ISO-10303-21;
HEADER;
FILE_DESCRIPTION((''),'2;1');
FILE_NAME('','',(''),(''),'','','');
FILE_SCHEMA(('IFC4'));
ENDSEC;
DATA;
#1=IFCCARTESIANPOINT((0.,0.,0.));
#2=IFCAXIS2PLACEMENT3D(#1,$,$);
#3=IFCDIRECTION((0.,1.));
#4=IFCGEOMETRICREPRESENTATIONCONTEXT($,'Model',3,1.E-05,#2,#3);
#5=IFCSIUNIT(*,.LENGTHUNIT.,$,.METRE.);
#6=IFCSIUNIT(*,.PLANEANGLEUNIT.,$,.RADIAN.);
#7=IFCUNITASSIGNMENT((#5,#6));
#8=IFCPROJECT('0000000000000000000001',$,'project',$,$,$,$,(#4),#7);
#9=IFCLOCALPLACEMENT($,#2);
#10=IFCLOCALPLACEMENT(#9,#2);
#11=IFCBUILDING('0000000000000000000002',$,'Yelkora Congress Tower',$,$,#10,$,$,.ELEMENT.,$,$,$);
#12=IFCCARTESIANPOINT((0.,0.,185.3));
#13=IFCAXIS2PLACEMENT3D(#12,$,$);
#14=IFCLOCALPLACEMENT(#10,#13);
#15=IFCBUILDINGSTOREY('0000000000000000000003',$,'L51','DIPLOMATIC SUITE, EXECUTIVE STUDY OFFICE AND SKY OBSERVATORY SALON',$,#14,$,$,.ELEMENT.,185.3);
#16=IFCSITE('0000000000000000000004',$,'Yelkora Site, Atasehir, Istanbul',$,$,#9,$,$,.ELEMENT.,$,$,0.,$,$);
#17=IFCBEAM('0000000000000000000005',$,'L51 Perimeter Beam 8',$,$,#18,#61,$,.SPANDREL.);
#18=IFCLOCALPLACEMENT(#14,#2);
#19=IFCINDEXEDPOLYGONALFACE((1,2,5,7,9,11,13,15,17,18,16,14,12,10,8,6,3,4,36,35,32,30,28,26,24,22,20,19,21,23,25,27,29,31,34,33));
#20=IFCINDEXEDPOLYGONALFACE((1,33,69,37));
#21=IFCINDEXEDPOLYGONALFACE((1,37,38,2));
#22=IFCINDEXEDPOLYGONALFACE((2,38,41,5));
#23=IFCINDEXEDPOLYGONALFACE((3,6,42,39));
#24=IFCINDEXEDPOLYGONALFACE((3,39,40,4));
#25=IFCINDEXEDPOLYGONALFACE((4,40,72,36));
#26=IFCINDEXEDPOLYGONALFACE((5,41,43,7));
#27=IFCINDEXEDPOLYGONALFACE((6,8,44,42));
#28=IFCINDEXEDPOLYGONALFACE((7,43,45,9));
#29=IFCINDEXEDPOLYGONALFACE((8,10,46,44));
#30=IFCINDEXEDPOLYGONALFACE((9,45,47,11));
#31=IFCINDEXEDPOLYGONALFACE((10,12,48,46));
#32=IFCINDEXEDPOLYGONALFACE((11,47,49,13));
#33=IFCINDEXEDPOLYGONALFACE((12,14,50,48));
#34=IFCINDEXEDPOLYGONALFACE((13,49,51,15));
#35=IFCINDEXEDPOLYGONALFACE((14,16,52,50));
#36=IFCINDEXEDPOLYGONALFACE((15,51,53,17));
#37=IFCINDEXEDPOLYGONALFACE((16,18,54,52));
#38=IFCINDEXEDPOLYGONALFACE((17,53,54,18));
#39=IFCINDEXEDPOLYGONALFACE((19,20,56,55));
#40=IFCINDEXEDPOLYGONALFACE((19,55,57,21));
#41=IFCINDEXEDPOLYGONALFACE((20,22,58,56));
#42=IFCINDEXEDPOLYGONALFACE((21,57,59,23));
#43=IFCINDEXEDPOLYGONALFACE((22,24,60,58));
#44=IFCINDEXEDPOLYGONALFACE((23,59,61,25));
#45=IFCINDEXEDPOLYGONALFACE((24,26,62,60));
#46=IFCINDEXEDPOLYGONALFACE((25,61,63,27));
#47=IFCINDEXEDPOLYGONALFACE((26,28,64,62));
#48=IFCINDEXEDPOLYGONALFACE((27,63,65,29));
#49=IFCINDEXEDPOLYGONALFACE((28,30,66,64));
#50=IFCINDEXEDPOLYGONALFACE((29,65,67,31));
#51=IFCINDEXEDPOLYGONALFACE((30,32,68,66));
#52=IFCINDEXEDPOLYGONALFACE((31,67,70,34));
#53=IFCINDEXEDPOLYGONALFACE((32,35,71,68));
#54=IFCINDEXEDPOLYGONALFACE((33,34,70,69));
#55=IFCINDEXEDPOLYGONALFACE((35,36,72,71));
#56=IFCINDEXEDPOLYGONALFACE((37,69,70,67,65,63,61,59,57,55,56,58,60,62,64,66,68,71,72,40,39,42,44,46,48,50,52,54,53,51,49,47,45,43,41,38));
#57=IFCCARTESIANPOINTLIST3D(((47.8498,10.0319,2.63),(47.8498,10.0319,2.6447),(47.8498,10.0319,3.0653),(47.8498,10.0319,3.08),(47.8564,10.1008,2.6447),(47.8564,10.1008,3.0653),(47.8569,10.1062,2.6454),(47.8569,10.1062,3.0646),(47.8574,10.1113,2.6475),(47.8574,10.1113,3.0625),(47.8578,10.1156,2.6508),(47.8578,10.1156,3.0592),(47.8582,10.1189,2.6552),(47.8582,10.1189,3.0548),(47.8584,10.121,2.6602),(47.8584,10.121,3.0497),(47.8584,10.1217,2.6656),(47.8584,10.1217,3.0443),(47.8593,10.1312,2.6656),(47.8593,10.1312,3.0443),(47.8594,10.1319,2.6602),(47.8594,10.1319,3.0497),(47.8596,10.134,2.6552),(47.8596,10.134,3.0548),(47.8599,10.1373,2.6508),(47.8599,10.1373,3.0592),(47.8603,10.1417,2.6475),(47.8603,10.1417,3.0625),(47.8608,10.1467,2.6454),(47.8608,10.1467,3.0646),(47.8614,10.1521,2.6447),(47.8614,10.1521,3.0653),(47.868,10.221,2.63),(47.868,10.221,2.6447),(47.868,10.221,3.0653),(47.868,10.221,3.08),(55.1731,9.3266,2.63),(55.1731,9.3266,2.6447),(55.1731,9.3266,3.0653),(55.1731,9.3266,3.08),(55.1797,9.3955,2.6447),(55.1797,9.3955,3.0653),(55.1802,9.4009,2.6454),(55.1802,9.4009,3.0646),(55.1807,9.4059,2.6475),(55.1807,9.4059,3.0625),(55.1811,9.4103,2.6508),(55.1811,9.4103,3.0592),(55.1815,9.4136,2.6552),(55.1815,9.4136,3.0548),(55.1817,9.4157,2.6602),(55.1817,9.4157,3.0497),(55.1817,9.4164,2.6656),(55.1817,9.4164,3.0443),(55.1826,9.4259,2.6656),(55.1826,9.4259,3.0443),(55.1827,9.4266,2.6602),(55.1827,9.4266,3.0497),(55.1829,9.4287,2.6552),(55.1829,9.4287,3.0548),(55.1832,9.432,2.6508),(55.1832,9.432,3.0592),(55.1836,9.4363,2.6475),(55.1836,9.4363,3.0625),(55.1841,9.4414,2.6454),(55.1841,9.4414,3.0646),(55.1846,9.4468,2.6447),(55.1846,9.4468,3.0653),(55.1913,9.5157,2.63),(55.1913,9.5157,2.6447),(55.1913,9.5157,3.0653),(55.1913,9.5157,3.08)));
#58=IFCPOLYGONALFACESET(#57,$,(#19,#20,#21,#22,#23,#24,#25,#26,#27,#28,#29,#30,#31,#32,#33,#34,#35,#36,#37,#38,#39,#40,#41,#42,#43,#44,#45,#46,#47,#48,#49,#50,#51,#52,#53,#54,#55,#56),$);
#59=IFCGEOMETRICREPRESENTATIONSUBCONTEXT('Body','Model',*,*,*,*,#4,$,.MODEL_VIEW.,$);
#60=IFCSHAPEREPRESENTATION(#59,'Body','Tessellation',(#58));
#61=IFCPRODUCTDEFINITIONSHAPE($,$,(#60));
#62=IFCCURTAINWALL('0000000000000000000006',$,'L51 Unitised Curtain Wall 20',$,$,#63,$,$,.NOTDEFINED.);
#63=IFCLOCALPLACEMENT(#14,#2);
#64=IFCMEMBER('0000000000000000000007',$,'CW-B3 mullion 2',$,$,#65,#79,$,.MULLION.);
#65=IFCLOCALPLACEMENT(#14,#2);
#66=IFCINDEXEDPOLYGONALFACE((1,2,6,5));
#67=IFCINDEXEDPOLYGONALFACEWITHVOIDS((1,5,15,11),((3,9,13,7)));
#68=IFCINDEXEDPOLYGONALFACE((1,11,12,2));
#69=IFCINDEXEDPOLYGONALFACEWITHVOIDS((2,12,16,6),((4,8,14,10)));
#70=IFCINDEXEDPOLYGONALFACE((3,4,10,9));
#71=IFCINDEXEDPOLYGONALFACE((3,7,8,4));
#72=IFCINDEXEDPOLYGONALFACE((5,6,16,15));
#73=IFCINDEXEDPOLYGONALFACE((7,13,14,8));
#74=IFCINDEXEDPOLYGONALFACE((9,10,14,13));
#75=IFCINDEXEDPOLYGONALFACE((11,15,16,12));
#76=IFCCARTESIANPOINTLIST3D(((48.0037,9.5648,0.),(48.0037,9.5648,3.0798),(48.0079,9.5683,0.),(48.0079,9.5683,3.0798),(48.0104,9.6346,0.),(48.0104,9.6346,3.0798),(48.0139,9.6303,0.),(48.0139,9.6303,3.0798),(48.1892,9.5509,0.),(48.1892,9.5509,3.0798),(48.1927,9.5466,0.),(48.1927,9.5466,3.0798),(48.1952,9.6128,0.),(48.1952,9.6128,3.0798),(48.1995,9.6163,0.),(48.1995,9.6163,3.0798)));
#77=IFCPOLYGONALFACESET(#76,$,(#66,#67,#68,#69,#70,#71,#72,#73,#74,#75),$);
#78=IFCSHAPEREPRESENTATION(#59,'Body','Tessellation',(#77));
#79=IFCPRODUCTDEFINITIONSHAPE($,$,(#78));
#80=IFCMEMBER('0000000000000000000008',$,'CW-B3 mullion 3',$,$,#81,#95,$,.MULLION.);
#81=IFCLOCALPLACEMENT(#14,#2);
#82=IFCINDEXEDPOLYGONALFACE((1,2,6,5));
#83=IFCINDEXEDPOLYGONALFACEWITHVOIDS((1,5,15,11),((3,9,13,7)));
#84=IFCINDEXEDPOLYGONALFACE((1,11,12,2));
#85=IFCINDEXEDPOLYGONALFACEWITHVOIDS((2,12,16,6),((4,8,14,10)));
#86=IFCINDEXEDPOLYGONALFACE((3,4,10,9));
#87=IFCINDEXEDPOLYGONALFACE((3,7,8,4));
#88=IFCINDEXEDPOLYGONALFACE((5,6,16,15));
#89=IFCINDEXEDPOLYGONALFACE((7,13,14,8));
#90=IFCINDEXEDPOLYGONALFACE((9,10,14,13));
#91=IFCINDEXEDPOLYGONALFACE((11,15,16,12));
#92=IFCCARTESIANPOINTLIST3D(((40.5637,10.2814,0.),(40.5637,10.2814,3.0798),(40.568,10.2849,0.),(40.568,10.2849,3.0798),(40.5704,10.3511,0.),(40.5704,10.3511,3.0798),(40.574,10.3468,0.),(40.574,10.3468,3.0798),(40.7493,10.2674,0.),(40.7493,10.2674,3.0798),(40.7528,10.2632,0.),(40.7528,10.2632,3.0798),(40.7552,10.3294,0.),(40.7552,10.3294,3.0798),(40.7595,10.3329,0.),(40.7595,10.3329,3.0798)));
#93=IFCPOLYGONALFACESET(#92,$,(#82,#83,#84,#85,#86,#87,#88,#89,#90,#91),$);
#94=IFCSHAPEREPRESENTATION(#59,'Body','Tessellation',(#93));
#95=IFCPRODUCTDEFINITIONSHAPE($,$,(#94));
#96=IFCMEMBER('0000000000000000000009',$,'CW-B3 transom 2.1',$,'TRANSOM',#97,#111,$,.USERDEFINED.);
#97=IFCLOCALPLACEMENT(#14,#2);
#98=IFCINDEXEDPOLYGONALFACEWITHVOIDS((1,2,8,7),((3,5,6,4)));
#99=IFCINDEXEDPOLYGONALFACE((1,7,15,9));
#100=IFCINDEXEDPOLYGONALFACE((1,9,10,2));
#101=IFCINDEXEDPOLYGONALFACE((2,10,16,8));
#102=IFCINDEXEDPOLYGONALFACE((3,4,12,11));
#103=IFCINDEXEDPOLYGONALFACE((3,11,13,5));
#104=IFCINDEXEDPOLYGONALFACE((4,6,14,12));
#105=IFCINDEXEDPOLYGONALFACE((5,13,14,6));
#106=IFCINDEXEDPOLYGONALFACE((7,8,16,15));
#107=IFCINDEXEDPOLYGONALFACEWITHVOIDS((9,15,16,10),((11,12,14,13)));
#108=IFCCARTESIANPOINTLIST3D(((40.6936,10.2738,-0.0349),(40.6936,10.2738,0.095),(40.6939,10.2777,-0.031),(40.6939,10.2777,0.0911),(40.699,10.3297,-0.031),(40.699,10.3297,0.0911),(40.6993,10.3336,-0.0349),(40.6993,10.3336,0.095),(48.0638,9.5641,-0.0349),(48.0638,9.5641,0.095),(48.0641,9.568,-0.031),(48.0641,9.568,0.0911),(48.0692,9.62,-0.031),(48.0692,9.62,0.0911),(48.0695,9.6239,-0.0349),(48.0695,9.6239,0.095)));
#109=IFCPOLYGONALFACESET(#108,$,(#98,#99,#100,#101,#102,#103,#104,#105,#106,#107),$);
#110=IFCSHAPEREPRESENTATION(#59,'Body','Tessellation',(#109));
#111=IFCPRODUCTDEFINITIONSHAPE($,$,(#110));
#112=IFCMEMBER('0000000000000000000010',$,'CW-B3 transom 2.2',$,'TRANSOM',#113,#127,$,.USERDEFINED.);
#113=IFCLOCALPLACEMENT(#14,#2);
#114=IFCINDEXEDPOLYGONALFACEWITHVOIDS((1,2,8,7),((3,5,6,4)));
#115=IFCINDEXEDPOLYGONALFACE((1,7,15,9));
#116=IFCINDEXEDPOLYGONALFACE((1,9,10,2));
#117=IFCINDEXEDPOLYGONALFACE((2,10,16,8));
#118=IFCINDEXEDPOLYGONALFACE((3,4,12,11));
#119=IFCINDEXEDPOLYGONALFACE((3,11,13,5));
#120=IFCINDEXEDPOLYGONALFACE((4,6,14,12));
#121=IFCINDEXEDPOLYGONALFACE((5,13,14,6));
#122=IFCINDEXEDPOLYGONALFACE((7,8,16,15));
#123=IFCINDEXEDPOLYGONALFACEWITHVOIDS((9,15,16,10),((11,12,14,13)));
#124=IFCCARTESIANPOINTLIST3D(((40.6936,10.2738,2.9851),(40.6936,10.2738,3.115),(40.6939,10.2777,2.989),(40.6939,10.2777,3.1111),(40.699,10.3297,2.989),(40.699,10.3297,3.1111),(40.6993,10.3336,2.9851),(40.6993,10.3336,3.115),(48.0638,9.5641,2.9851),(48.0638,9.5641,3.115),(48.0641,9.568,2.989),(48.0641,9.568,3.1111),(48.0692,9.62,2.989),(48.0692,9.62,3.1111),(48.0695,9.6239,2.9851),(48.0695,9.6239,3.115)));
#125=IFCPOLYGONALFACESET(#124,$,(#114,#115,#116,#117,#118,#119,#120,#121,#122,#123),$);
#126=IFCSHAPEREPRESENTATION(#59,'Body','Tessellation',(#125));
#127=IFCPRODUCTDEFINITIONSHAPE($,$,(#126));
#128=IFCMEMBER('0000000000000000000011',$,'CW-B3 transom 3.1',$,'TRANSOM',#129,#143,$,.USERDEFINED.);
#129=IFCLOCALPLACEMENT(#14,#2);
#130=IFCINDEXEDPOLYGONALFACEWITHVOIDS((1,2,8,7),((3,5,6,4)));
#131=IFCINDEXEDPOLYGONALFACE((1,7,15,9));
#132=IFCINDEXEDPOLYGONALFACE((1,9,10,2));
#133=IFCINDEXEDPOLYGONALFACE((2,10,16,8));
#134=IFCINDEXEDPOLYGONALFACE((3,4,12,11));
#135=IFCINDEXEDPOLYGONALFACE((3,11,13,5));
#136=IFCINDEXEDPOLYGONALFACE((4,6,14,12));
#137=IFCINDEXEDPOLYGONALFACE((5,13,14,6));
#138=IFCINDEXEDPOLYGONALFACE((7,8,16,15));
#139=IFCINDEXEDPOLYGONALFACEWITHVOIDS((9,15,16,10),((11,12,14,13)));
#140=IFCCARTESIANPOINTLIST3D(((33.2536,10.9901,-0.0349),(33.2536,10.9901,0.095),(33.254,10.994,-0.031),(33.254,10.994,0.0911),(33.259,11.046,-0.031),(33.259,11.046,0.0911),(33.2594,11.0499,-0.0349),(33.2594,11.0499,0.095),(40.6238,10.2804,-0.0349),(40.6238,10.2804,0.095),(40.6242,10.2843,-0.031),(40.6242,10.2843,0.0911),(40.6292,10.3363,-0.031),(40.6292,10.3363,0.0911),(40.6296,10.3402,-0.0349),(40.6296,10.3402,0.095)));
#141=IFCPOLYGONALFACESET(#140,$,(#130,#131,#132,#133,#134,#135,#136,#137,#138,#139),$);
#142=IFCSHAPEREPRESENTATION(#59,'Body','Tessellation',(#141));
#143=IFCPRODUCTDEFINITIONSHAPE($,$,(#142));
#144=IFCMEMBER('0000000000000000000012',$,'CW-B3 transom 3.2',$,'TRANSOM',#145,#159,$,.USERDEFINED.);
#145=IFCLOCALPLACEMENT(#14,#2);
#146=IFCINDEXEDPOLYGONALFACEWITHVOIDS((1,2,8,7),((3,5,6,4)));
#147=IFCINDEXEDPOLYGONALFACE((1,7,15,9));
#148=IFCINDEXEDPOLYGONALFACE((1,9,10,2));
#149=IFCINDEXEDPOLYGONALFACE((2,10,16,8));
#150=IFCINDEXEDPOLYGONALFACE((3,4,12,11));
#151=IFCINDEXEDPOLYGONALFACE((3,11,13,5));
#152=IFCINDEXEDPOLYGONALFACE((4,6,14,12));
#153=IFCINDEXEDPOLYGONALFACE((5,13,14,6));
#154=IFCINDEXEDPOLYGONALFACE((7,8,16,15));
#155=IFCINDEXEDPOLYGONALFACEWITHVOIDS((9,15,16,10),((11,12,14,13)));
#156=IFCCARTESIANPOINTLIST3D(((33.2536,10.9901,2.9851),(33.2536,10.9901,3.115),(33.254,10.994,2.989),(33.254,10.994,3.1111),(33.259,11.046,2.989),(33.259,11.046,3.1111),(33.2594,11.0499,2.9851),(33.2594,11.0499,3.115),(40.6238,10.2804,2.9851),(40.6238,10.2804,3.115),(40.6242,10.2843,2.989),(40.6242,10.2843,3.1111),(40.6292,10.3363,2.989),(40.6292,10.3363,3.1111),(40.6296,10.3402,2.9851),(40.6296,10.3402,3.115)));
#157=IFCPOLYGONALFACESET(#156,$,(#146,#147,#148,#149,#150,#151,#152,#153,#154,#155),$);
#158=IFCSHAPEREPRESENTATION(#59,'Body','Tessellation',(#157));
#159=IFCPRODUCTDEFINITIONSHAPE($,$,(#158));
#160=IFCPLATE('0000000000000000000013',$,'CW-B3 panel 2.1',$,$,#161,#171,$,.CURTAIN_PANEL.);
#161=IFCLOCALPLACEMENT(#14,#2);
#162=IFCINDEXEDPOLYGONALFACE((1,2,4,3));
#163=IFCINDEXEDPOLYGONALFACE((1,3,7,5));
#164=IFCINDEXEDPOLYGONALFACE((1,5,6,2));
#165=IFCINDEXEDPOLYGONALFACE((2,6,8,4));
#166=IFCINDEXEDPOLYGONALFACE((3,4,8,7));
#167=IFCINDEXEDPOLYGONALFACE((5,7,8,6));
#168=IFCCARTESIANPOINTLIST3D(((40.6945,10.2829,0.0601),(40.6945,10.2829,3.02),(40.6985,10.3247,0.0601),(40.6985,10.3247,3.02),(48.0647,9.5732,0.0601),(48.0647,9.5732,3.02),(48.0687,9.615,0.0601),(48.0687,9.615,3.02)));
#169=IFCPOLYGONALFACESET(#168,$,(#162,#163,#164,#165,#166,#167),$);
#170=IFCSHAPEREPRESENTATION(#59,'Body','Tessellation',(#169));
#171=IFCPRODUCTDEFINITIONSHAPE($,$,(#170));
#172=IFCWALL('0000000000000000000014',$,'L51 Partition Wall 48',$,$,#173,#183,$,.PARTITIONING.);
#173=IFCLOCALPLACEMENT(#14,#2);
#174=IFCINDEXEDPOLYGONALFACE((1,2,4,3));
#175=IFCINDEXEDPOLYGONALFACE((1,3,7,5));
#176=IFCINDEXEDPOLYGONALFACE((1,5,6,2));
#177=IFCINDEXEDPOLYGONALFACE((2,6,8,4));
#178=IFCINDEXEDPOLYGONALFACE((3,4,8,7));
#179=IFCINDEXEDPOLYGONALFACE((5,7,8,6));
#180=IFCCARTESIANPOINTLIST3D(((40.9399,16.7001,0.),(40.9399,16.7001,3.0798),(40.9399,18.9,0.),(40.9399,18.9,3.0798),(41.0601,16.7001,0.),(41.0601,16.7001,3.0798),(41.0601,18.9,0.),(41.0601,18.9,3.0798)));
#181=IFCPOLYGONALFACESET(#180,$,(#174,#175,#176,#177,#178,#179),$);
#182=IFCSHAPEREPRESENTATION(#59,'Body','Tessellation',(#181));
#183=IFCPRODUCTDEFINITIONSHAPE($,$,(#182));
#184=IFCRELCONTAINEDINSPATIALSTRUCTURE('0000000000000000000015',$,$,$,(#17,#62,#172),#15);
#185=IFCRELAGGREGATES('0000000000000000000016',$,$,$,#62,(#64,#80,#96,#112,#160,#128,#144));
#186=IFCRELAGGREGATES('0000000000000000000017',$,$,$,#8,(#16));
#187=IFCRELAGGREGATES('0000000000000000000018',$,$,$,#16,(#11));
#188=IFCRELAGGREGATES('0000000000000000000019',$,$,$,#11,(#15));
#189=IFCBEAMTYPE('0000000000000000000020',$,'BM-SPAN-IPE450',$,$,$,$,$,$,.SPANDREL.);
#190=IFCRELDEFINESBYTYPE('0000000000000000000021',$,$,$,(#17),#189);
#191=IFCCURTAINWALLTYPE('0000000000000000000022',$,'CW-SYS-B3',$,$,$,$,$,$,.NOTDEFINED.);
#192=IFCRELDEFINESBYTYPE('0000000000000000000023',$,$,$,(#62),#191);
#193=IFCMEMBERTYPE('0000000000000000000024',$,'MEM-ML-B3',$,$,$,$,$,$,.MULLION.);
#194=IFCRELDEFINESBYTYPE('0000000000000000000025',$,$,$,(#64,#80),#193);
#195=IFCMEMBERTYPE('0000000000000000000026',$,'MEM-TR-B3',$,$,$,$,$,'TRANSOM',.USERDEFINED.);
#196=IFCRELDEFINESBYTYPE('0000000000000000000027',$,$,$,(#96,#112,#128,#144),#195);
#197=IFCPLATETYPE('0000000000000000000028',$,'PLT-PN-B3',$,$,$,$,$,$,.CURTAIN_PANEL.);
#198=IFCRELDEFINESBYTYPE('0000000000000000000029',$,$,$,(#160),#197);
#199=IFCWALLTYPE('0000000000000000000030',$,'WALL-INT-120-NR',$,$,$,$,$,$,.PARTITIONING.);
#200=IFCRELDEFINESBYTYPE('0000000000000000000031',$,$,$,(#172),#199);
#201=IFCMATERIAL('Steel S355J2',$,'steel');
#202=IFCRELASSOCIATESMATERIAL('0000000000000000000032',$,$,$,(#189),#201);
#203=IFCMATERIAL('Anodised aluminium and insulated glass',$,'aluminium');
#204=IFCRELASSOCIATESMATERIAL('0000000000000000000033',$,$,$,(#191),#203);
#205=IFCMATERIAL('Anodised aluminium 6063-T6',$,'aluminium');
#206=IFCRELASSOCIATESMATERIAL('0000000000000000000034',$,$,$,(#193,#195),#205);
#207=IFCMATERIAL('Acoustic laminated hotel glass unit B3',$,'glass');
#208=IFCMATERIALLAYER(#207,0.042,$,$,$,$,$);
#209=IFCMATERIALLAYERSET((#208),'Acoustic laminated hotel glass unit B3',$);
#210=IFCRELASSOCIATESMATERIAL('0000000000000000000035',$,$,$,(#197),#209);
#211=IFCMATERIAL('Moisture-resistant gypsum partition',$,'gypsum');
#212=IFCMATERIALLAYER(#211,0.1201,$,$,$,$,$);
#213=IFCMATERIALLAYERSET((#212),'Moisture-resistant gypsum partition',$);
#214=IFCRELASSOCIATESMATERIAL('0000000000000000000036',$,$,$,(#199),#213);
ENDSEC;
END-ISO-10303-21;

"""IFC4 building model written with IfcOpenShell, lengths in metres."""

from ifc_helpers import new_model, si_unit, direction, frame, frame_2d, origin, origin_2d, place, context, subcontext, project, spatial, rectangle, hollow_rectangle, i_section, extrude, material, layer, layer_set, material_profile, profile_set, type_object, element, aggregate, save


model = new_model("IFC4")

# Units and contexts
model_context = context("Model", 3, precision=1e-05, world=origin(), true_north=direction((0.0, 1.0)))
body_context = subcontext(model_context, "Body", "Model", "MODEL_VIEW")
ifc_project = project(units=[si_unit("LENGTHUNIT", "METRE"), si_unit("PLANEANGLEUNIT", "RADIAN")], contexts=[model_context])

# Site, building, storey
site_placement = place(None, origin())
site = spatial("IfcSite", under=ifc_project, at=site_placement, Name="Yelkora Site, Atasehir, Istanbul", CompositionType="ELEMENT", RefElevation=0.0)
building_placement = place(site_placement, origin())
building = spatial("IfcBuilding", under=site, at=building_placement, Name="Yelkora Congress Tower", CompositionType="ELEMENT")
storey_placement = place(building_placement, frame((0.0, 0.0, 185.3)))
storey = spatial("IfcBuildingStorey", under=building, at=storey_placement, Name="L51", Description="DIPLOMATIC SUITE, EXECUTIVE STUDY OFFICE AND SKY OBSERVATORY SALON", CompositionType="ELEMENT", Elevation=185.3)

# Beam
ifc_material_1 = material(Name="Steel S355J2", Category="steel")
ifc_material_profile_1 = material_profile(ifc_material_1, i_section(OverallWidth=0.1899, OverallDepth=0.45, WebThickness=0.0095, FlangeThickness=0.0146, FilletRadius=0.021, at=origin_2d()), Name="IPE 450")
ifc_profile_set_1 = profile_set([ifc_material_profile_1], Name="Steel S355J2")
beam_type_1 = type_object("IfcBeamType", Name="BM-SPAN-IPE450", PredefinedType="SPANDREL", material=ifc_profile_set_1)
beam_1_placement = place(storey_placement, frame((47.8589, 10.1265, 2.855), z_axis=(0.995394, -0.095869, 0.0), x_axis=(0.095869, 0.995394, 0.0)))
element("IfcBeam", 1, at=beam_1_placement, inside=storey, type_object=beam_type_1, Name="L51 Perimeter Beam 8", PredefinedType="SPANDREL", context=body_context, shape_type="SweptSolid", body=[
    extrude(i_section(OverallWidth=0.1899, OverallDepth=0.45, WebThickness=0.0095, FlangeThickness=0.0146, FilletRadius=0.021, at=origin_2d()), origin(), (0.0, 0.0, 1.0), 7.3572),
])

# Curtain wall, members, plate
ifc_material_2 = material(Name="Anodised aluminium and insulated glass", Category="aluminium")
curtain_wall_type = type_object("IfcCurtainWallType", Name="CW-SYS-B3", PredefinedType="NOTDEFINED", material=ifc_material_2)
curtain_wall_placement = place(storey_placement, origin())
curtain_wall = element("IfcCurtainWall", 2, at=curtain_wall_placement, inside=storey, type_object=curtain_wall_type, Name="L51 Unitised Curtain Wall 20", PredefinedType="NOTDEFINED")
ifc_material_3 = material(Name="Anodised aluminium 6063-T6", Category="aluminium")
ifc_material_profile_2 = material_profile(ifc_material_3, hollow_rectangle(XDim=0.0701, YDim=0.1899, WallThickness=0.0039, at=origin_2d()), Name="ALU 70x190x4")
ifc_profile_set_2 = profile_set([ifc_material_profile_2], Name="Anodised aluminium 6063-T6")
member_type_1 = type_object("IfcMemberType", Name="MEM-ML-B3", PredefinedType="MULLION", material=ifc_profile_set_2)
member_1_placement = place(storey_placement, frame((48.1016, 9.5906, 0.0), z_axis=(0.0, 0.0, 1.0), x_axis=(-0.095845, -0.995396, 0.0)))
member_1 = element("IfcMember", 3, at=member_1_placement, type_object=member_type_1, Name="CW-B3 mullion 2", PredefinedType="MULLION", context=body_context, shape_type="SweptSolid", body=[
    extrude(hollow_rectangle(XDim=0.0701, YDim=0.1899, WallThickness=0.0039, at=origin_2d()), origin(), (0.0, 0.0, 1.0), 3.0798),
])
member_2_placement = place(storey_placement, frame((40.6616, 10.3071, 0.0), z_axis=(0.0, 0.0, 1.0), x_axis=(-0.095845, -0.995396, 0.0)))
member_2 = element("IfcMember", 4, at=member_2_placement, type_object=member_type_1, Name="CW-B3 mullion 3", PredefinedType="MULLION", context=body_context, shape_type="SweptSolid", body=[
    extrude(hollow_rectangle(XDim=0.0701, YDim=0.1899, WallThickness=0.0039, at=origin_2d()), origin(), (0.0, 0.0, 1.0), 3.0798),
])
ifc_material_profile_3 = material_profile(ifc_material_3, hollow_rectangle(XDim=0.0601, YDim=0.1299, WallThickness=0.0039, at=origin_2d()), Name="ALU 60x130x4")
ifc_profile_set_3 = profile_set([ifc_material_profile_3], Name="Anodised aluminium 6063-T6")
member_type_2 = type_object("IfcMemberType", Name="MEM-TR-B3", ElementType="TRANSOM", PredefinedType="USERDEFINED", material=ifc_profile_set_3)
member_3_placement = place(storey_placement, frame((48.0667, 9.594, 0.03), z_axis=(-0.995395, 0.095853, 0.0), x_axis=(-0.095853, -0.995395, 0.0)))
member_3 = element("IfcMember", 5, at=member_3_placement, type_object=member_type_2, Name="CW-B3 transom 2.1", ObjectType="TRANSOM", PredefinedType="USERDEFINED", context=body_context, shape_type="SweptSolid", body=[
    extrude(hollow_rectangle(XDim=0.0601, YDim=0.1299, WallThickness=0.0039, at=origin_2d()), origin(), (0.0, 0.0, 1.0), 7.4043),
])
member_4_placement = place(storey_placement, frame((48.0667, 9.594, 3.05), z_axis=(-0.995395, 0.095853, 0.0), x_axis=(-0.095853, -0.995395, 0.0)))
member_4 = element("IfcMember", 6, at=member_4_placement, type_object=member_type_2, Name="CW-B3 transom 2.2", ObjectType="TRANSOM", PredefinedType="USERDEFINED", context=body_context, shape_type="SweptSolid", body=[
    extrude(hollow_rectangle(XDim=0.0601, YDim=0.1299, WallThickness=0.0039, at=origin_2d()), origin(), (0.0, 0.0, 1.0), 7.4043),
])
member_5_placement = place(storey_placement, frame((40.6267, 10.3103, 0.03), z_axis=(-0.995395, 0.095853, 0.0), x_axis=(-0.095853, -0.995395, 0.0)))
member_5 = element("IfcMember", 7, at=member_5_placement, type_object=member_type_2, Name="CW-B3 transom 3.1", ObjectType="TRANSOM", PredefinedType="USERDEFINED", context=body_context, shape_type="SweptSolid", body=[
    extrude(hollow_rectangle(XDim=0.0601, YDim=0.1299, WallThickness=0.0039, at=origin_2d()), origin(), (0.0, 0.0, 1.0), 7.4043),
])
member_6_placement = place(storey_placement, frame((40.6267, 10.3103, 3.05), z_axis=(-0.995395, 0.095853, 0.0), x_axis=(-0.095853, -0.995395, 0.0)))
member_6 = element("IfcMember", 8, at=member_6_placement, type_object=member_type_2, Name="CW-B3 transom 3.2", ObjectType="TRANSOM", PredefinedType="USERDEFINED", context=body_context, shape_type="SweptSolid", body=[
    extrude(hollow_rectangle(XDim=0.0601, YDim=0.1299, WallThickness=0.0039, at=origin_2d()), origin(), (0.0, 0.0, 1.0), 7.4043),
])
ifc_material_4 = material(Name="Acoustic laminated hotel glass unit B3", Category="glass")
ifc_layer_1 = layer(ifc_material_4, 0.042)
ifc_layer_set_1 = layer_set([ifc_layer_1], Name="Acoustic laminated hotel glass unit B3")
plate_type = type_object("IfcPlateType", Name="PLT-PN-B3", PredefinedType="CURTAIN_PANEL", material=ifc_layer_set_1)
plate_placement = place(storey_placement, frame((44.3816, 9.949, 0.0601), z_axis=(0.0, 0.0, 1.0), x_axis=(-0.995396, 0.095845, 0.0)))
plate = element("IfcPlate", 9, at=plate_placement, type_object=plate_type, Name="CW-B3 panel 2.1", PredefinedType="CURTAIN_PANEL", context=body_context, shape_type="SweptSolid", body=[
    extrude(rectangle(XDim=7.4043, YDim=0.042, at=origin_2d()), origin(), (0.0, 0.0, 1.0), 2.96),
])
aggregate(curtain_wall, [member_1, member_2, member_3, member_4, plate, member_5, member_6])

# Wall
ifc_material_5 = material(Name="Moisture-resistant gypsum partition", Category="gypsum")
ifc_layer_2 = layer(ifc_material_5, 0.1201)
ifc_layer_set_2 = layer_set([ifc_layer_2], Name="Moisture-resistant gypsum partition")
wall_type_1 = type_object("IfcWallType", Name="WALL-INT-120-NR", PredefinedType="PARTITIONING", material=ifc_layer_set_2)
wall_1_placement = place(storey_placement, frame((41.0, 16.7, 0.0), z_axis=(0.0, 0.0, 1.0), x_axis=(0.0, 1.0, 0.0)))
element("IfcWall", 10, at=wall_1_placement, inside=storey, type_object=wall_type_1, Name="L51 Partition Wall 48", PredefinedType="PARTITIONING", context=body_context, shape_type="SweptSolid", body=[
    extrude(rectangle(XDim=2.2, YDim=0.1201, at=frame_2d((1.1001, 0.0))), origin(), (0.0, 0.0, 1.0), 3.0798),
])

save(model, "model.ifc")
